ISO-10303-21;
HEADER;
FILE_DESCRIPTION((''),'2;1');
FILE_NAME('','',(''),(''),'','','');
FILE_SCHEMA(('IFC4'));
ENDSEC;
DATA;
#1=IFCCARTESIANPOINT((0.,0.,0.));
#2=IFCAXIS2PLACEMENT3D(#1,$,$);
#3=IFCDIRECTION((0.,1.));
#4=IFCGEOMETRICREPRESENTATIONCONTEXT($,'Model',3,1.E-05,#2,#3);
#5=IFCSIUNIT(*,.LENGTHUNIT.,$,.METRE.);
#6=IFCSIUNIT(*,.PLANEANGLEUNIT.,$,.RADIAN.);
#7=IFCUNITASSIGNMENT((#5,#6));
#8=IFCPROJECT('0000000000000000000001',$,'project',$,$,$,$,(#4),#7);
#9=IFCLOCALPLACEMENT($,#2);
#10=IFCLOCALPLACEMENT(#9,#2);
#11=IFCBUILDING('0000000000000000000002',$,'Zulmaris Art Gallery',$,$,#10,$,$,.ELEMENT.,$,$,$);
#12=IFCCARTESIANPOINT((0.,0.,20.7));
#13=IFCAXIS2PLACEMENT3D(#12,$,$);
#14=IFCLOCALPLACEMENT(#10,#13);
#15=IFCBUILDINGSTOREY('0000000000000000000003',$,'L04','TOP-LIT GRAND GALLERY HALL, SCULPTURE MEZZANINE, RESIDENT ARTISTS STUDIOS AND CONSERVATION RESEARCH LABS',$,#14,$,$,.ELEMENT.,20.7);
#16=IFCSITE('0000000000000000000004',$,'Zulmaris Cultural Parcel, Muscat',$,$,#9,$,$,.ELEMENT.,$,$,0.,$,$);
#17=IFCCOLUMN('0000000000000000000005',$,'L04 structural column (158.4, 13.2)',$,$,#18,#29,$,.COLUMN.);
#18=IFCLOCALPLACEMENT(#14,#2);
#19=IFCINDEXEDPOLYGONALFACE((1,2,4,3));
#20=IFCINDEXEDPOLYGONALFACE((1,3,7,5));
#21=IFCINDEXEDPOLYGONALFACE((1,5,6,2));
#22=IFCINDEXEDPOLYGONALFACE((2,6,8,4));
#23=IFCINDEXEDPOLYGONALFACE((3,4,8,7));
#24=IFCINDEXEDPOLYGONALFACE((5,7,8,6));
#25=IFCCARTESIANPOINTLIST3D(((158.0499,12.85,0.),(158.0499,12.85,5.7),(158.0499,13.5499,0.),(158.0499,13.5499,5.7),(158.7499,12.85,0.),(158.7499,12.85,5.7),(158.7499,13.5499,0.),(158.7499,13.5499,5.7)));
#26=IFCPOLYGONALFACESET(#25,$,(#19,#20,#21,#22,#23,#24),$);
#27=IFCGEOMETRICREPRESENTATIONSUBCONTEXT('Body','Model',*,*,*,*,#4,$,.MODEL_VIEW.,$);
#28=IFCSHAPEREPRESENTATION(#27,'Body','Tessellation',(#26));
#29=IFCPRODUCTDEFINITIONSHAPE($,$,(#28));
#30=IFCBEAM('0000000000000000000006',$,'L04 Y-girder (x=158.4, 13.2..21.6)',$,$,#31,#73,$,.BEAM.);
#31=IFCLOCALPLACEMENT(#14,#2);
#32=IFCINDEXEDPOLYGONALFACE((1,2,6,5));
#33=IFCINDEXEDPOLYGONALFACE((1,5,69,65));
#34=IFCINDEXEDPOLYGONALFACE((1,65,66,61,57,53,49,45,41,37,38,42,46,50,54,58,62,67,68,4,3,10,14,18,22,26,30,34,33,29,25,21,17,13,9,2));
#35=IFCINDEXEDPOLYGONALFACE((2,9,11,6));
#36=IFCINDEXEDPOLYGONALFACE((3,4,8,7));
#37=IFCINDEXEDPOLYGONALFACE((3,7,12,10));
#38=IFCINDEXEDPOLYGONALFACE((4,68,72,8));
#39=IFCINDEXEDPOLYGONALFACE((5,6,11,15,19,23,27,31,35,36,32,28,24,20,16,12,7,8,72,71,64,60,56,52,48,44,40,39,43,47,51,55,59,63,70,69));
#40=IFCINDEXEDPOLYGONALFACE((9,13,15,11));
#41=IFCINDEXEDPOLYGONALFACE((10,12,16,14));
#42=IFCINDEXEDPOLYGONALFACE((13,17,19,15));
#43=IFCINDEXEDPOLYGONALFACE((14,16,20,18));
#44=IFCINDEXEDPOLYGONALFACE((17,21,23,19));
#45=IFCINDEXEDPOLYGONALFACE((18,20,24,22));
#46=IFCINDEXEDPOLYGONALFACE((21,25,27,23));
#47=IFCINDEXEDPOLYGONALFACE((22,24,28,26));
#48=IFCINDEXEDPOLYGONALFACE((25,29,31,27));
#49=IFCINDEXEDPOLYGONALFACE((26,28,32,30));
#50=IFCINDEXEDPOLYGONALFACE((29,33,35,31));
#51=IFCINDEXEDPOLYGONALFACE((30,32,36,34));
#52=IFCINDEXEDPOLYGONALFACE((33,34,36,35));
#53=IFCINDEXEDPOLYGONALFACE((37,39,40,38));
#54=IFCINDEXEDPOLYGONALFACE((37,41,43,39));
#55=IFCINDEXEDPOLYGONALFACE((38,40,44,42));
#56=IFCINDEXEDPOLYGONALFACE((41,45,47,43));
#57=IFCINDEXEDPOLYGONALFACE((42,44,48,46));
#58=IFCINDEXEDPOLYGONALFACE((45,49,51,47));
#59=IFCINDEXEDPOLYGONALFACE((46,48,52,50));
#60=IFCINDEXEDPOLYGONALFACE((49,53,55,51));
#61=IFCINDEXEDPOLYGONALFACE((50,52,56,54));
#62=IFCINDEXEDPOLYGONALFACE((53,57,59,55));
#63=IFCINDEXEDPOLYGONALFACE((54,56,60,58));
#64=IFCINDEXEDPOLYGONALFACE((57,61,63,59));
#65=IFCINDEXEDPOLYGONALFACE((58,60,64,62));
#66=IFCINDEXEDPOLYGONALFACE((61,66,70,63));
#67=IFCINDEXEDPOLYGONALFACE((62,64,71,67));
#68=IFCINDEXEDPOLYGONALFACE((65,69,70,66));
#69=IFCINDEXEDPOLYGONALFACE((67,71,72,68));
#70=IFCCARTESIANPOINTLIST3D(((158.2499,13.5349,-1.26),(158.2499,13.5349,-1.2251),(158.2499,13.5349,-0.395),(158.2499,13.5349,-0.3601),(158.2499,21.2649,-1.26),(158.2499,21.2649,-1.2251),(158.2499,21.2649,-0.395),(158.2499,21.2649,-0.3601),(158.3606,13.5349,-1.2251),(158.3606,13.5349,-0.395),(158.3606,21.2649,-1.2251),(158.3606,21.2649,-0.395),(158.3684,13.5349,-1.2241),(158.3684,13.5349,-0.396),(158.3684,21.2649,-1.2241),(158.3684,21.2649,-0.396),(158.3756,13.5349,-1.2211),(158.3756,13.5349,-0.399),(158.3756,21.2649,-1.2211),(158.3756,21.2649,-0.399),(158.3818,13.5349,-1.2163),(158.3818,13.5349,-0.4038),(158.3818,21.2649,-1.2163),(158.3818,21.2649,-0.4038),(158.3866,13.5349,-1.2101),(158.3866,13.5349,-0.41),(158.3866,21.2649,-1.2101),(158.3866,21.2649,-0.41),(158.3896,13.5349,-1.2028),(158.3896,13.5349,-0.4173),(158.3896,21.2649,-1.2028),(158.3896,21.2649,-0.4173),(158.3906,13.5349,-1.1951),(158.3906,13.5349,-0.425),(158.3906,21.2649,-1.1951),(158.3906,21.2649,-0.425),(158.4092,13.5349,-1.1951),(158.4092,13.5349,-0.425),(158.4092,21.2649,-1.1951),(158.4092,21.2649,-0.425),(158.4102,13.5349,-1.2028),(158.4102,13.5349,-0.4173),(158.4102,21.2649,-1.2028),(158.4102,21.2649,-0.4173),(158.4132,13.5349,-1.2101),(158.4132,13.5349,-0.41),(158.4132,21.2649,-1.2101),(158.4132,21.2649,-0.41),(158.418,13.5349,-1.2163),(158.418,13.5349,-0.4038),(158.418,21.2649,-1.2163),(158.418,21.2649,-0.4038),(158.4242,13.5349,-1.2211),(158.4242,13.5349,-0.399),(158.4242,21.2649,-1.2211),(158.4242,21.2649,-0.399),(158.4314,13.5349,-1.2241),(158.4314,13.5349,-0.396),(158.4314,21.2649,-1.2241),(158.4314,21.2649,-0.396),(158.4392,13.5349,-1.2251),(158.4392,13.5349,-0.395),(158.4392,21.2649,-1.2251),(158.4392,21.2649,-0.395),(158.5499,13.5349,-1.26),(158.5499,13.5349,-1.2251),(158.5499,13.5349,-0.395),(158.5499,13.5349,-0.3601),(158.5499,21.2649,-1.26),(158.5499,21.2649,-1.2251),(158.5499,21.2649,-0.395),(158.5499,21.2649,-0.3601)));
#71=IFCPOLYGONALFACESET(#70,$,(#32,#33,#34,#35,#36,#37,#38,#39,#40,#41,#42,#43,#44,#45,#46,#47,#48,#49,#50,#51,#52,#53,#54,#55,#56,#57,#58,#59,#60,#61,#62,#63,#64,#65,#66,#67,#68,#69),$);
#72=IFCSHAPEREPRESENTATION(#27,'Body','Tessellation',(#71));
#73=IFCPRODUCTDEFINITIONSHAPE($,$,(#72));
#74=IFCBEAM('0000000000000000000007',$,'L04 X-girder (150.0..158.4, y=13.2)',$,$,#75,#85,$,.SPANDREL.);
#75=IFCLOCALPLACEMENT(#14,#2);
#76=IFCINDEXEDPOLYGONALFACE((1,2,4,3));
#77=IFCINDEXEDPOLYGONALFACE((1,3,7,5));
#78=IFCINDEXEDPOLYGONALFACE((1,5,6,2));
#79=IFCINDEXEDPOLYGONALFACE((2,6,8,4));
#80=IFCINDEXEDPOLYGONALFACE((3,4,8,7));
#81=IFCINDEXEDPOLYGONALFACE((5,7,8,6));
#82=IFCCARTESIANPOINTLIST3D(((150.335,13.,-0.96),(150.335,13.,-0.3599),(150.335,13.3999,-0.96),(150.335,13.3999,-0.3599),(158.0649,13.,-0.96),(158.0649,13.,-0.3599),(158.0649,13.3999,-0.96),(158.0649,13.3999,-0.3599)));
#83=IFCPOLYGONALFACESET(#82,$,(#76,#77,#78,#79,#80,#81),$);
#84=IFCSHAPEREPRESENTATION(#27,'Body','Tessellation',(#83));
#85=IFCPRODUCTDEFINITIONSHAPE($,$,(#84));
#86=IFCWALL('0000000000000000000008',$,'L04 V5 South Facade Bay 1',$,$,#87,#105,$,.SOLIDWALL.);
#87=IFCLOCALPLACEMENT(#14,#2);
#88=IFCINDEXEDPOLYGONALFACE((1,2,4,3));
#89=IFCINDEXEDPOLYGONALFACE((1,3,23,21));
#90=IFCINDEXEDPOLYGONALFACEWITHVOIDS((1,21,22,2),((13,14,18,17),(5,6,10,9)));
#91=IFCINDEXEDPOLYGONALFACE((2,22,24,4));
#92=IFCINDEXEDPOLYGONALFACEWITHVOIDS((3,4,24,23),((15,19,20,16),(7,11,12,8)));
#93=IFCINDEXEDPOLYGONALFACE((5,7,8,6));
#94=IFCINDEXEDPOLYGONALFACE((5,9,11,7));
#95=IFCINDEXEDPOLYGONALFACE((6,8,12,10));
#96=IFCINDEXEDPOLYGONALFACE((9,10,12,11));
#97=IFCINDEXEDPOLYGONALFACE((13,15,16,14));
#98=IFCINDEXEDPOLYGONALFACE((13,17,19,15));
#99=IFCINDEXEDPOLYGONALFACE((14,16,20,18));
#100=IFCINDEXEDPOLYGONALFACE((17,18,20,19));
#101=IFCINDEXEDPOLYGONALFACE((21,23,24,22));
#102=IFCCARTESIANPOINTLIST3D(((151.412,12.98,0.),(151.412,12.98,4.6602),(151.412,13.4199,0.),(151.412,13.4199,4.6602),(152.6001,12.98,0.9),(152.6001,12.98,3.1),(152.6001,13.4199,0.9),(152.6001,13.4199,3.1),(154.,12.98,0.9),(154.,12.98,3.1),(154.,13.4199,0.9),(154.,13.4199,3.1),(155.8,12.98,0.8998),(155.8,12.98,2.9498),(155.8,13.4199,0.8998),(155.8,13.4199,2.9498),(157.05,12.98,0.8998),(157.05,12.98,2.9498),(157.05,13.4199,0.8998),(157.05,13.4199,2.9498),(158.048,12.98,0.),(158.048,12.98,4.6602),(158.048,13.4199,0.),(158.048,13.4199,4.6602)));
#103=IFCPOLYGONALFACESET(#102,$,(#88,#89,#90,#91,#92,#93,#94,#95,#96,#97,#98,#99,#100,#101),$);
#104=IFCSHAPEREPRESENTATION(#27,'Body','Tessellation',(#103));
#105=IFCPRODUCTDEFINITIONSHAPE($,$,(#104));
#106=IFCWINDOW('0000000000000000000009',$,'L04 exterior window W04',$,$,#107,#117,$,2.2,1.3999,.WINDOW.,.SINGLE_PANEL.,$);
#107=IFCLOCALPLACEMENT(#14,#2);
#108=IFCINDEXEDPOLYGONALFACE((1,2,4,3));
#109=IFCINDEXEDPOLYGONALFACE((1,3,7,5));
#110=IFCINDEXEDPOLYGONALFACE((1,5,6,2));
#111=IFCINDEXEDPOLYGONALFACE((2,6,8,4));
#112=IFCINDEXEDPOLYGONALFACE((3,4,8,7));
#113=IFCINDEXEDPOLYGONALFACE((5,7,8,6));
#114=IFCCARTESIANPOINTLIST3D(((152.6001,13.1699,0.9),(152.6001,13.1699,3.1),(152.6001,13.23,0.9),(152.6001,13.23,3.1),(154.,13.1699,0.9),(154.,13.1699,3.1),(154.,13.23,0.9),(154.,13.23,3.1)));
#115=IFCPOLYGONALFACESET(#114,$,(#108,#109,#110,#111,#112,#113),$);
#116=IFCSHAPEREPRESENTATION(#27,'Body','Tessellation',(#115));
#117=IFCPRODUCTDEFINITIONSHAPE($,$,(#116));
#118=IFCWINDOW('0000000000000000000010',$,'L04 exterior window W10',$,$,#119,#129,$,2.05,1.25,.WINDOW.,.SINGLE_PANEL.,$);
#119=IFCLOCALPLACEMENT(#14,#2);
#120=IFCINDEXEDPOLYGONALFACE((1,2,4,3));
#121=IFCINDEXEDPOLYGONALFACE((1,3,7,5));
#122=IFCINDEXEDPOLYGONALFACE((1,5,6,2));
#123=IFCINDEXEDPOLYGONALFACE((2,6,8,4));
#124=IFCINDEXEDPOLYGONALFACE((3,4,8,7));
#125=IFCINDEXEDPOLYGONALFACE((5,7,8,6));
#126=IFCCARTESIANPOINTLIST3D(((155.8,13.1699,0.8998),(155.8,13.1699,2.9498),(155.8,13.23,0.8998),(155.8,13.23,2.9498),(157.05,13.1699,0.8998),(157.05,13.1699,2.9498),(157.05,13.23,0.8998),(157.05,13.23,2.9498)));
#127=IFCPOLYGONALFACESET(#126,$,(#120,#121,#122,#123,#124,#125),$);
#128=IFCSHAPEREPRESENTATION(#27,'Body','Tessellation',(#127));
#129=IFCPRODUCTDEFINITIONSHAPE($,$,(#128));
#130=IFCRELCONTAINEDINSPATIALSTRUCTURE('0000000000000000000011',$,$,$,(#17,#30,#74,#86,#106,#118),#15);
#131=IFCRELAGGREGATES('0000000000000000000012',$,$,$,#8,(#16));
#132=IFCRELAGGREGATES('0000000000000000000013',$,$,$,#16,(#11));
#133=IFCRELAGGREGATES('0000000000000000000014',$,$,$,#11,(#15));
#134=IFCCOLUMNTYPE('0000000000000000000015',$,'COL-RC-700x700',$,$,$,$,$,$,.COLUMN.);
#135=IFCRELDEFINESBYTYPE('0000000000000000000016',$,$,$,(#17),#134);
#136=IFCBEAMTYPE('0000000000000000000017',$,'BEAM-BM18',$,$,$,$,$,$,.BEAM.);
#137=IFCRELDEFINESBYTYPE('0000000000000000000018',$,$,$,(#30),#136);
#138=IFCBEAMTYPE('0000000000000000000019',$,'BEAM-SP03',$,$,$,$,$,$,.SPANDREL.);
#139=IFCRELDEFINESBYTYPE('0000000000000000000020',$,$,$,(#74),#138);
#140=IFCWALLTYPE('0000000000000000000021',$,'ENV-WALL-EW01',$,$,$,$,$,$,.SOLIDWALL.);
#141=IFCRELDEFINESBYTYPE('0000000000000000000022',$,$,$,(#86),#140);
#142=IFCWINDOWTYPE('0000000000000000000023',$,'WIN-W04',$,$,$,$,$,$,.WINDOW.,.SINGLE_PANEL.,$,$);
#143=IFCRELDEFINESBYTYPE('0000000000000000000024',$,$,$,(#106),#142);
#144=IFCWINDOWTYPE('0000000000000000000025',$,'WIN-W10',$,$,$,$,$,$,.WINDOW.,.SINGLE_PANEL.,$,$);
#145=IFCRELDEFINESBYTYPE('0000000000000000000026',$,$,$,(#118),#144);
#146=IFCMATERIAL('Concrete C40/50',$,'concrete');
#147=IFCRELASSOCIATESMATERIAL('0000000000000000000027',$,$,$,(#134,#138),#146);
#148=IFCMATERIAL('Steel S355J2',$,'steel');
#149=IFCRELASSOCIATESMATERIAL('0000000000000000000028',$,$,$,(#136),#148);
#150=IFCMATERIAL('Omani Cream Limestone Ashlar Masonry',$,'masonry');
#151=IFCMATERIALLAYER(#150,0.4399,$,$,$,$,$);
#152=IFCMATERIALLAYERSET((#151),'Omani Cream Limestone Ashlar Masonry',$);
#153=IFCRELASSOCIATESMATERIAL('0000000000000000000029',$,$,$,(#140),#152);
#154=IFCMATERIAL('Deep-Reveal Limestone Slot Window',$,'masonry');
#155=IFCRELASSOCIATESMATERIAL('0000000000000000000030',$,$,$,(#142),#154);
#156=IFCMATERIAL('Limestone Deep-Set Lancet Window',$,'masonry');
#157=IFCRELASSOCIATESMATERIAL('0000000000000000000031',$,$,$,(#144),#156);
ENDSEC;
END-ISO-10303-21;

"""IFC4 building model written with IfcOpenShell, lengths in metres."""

from ifc_helpers import new_model, si_unit, direction, frame, frame_2d, origin, origin_2d, place, context, subcontext, project, spatial, rectangle, i_section, extrude, material, layer, layer_set, material_profile, profile_set, type_object, element, fill, save


model = new_model("IFC4")

# Units and contexts
model_context = context("Model", 3, precision=1e-05, world=origin(), true_north=direction((0.0, 1.0)))
body_context = subcontext(model_context, "Body", "Model", "MODEL_VIEW")
ifc_project = project(units=[si_unit("LENGTHUNIT", "METRE"), si_unit("PLANEANGLEUNIT", "RADIAN")], contexts=[model_context])

# Site, building, storey
site_placement = place(None, origin())
site = spatial("IfcSite", under=ifc_project, at=site_placement, Name="Zulmaris Cultural Parcel, Muscat", CompositionType="ELEMENT", RefElevation=0.0)
building_placement = place(site_placement, origin())
building = spatial("IfcBuilding", under=site, at=building_placement, Name="Zulmaris Art Gallery", CompositionType="ELEMENT")
storey_placement = place(building_placement, frame((0.0, 0.0, 20.7)))
storey = spatial("IfcBuildingStorey", under=building, at=storey_placement, Name="L04", Description="TOP-LIT GRAND GALLERY HALL, SCULPTURE MEZZANINE, RESIDENT ARTISTS STUDIOS AND CONSERVATION RESEARCH LABS", CompositionType="ELEMENT", Elevation=20.7)

# Column
ifc_material_1 = material(Name="Concrete C40/50", Category="concrete")
ifc_material_profile_1 = material_profile(ifc_material_1, rectangle(XDim=0.7, YDim=0.7, at=origin_2d()), Name="RC 700x700")
ifc_profile_set_1 = profile_set([ifc_material_profile_1], Name="Concrete C40/50")
column_type = type_object("IfcColumnType", Name="COL-RC-700x700", PredefinedType="COLUMN", material=ifc_profile_set_1)
column_placement = place(storey_placement, frame((158.3999, 13.2, 0.0), z_axis=(0.0, 0.0, 1.0), x_axis=(1.0, 0.0, 0.0)))
element("IfcColumn", 1, at=column_placement, inside=storey, type_object=column_type, Name="L04 structural column (158.4, 13.2)", PredefinedType="COLUMN", context=body_context, shape_type="SweptSolid", body=[
    extrude(rectangle(XDim=0.7, YDim=0.7, at=origin_2d()), origin(), (0.0, 0.0, 1.0), 5.7),
])

# Beams
ifc_material_2 = material(Name="Steel S355J2", Category="steel")
ifc_material_profile_2 = material_profile(ifc_material_2, i_section(OverallWidth=0.3, OverallDepth=0.8999, WebThickness=0.0186, FlangeThickness=0.0349, FilletRadius=0.03, at=origin_2d()), Name="HEB 900")
ifc_profile_set_2 = profile_set([ifc_material_profile_2], Name="Steel S355J2")
beam_type_1 = type_object("IfcBeamType", Name="BEAM-BM18", PredefinedType="BEAM", material=ifc_profile_set_2)
beam_1_placement = place(storey_placement, frame((158.3999, 13.5349, -0.8101), z_axis=(0.0, 1.0, 0.0), x_axis=(-1.0, 0.0, 0.0)))
element("IfcBeam", 2, at=beam_1_placement, inside=storey, type_object=beam_type_1, Name="L04 Y-girder (x=158.4, 13.2..21.6)", PredefinedType="BEAM", context=body_context, shape_type="SweptSolid", body=[
    extrude(i_section(OverallWidth=0.3, OverallDepth=0.8999, WebThickness=0.0186, FlangeThickness=0.0349, FilletRadius=0.03, at=origin_2d()), origin(), (0.0, 0.0, 1.0), 7.73),
])
ifc_material_profile_3 = material_profile(ifc_material_1, rectangle(XDim=0.3999, YDim=0.6001, at=origin_2d()), Name="RC 400x600")
ifc_profile_set_3 = profile_set([ifc_material_profile_3], Name="Concrete C40/50")
beam_type_2 = type_object("IfcBeamType", Name="BEAM-SP03", PredefinedType="SPANDREL", material=ifc_profile_set_3)
beam_2_placement = place(storey_placement, frame((150.335, 13.2, -0.6599), z_axis=(1.0, 0.0, 0.0), x_axis=(0.0, 1.0, 0.0)))
element("IfcBeam", 3, at=beam_2_placement, inside=storey, type_object=beam_type_2, Name="L04 X-girder (150.0..158.4, y=13.2)", PredefinedType="SPANDREL", context=body_context, shape_type="SweptSolid", body=[
    extrude(rectangle(XDim=0.3999, YDim=0.6001, at=origin_2d()), origin(), (0.0, 0.0, 1.0), 7.73),
])

# Wall, openings, windows
ifc_material_3 = material(Name="Omani Cream Limestone Ashlar Masonry", Category="masonry")
ifc_layer_1 = layer(ifc_material_3, 0.4399)
ifc_layer_set_1 = layer_set([ifc_layer_1], Name="Omani Cream Limestone Ashlar Masonry")
wall_type_1 = type_object("IfcWallType", Name="ENV-WALL-EW01", PredefinedType="SOLIDWALL", material=ifc_layer_set_1)
wall_1_placement = place(storey_placement, frame((151.4121, 13.2, 0.0), z_axis=(0.0, 0.0, 1.0), x_axis=(1.0, 0.0, 0.0)))
wall_1 = element("IfcWall", 4, at=wall_1_placement, inside=storey, type_object=wall_type_1, Name="L04 V5 South Facade Bay 1", PredefinedType="SOLIDWALL", context=body_context, shape_type="SweptSolid", body=[
    extrude(rectangle(XDim=6.636, YDim=0.4399, at=frame_2d((3.3179, 0.0))), origin(), (0.0, 0.0, 1.0), 4.6602),
])
opening_1_placement = place(wall_1_placement, frame((1.188, 0.0, 0.8999)))
opening_1 = element("IfcOpeningElement", 5, at=opening_1_placement, cuts=wall_1, PredefinedType="OPENING", context=body_context, shape_type="SweptSolid", body=[
    extrude(rectangle(XDim=1.3999, YDim=2.2, at=frame_2d((0.7, 1.1001))), frame((0.0, 0.23, 0.0), z_axis=(0.0, -1.0, 0.0), x_axis=(1.0, 0.0, 0.0)), (0.0, 0.0, 1.0), 0.46),
])
opening_2_placement = place(wall_1_placement, frame((4.3879, 0.0, 0.8999)))
opening_2 = element("IfcOpeningElement", 6, at=opening_2_placement, cuts=wall_1, PredefinedType="OPENING", context=body_context, shape_type="SweptSolid", body=[
    extrude(rectangle(XDim=1.25, YDim=2.05, at=frame_2d((0.625, 1.0249))), frame((0.0, 0.23, 0.0), z_axis=(0.0, -1.0, 0.0), x_axis=(1.0, 0.0, 0.0)), (0.0, 0.0, 1.0), 0.46),
])
ifc_material_4 = material(Name="Deep-Reveal Limestone Slot Window", Category="masonry")
window_type_1 = type_object("IfcWindowType", Name="WIN-W04", PartitioningType="SINGLE_PANEL", PredefinedType="WINDOW", material=ifc_material_4)
window_1_placement = place(opening_1_placement, origin())
window_1 = element("IfcWindow", 7, at=window_1_placement, inside=storey, type_object=window_type_1, Name="L04 exterior window W04", OverallHeight=2.2, OverallWidth=1.3999, PartitioningType="SINGLE_PANEL", PredefinedType="WINDOW", context=body_context, shape_type="SweptSolid", body=[
    extrude(rectangle(XDim=1.3999, YDim=2.2, at=frame_2d((0.7, 1.1001))), frame((0.0, 0.03, 0.0), z_axis=(0.0, -1.0, 0.0), x_axis=(1.0, 0.0, 0.0)), (0.0, 0.0, 1.0), 0.0601),
])
fill(opening_1, window_1)
ifc_material_5 = material(Name="Limestone Deep-Set Lancet Window", Category="masonry")
window_type_2 = type_object("IfcWindowType", Name="WIN-W10", PartitioningType="SINGLE_PANEL", PredefinedType="WINDOW", material=ifc_material_5)
window_2_placement = place(opening_2_placement, origin())
window_2 = element("IfcWindow", 8, at=window_2_placement, inside=storey, type_object=window_type_2, Name="L04 exterior window W10", OverallHeight=2.05, OverallWidth=1.25, PartitioningType="SINGLE_PANEL", PredefinedType="WINDOW", context=body_context, shape_type="SweptSolid", body=[
    extrude(rectangle(XDim=1.25, YDim=2.05, at=frame_2d((0.625, 1.0249))), frame((0.0, 0.03, 0.0), z_axis=(0.0, -1.0, 0.0), x_axis=(1.0, 0.0, 0.0)), (0.0, 0.0, 1.0), 0.0601),
])
fill(opening_2, window_2)

save(model, "model.ifc")
